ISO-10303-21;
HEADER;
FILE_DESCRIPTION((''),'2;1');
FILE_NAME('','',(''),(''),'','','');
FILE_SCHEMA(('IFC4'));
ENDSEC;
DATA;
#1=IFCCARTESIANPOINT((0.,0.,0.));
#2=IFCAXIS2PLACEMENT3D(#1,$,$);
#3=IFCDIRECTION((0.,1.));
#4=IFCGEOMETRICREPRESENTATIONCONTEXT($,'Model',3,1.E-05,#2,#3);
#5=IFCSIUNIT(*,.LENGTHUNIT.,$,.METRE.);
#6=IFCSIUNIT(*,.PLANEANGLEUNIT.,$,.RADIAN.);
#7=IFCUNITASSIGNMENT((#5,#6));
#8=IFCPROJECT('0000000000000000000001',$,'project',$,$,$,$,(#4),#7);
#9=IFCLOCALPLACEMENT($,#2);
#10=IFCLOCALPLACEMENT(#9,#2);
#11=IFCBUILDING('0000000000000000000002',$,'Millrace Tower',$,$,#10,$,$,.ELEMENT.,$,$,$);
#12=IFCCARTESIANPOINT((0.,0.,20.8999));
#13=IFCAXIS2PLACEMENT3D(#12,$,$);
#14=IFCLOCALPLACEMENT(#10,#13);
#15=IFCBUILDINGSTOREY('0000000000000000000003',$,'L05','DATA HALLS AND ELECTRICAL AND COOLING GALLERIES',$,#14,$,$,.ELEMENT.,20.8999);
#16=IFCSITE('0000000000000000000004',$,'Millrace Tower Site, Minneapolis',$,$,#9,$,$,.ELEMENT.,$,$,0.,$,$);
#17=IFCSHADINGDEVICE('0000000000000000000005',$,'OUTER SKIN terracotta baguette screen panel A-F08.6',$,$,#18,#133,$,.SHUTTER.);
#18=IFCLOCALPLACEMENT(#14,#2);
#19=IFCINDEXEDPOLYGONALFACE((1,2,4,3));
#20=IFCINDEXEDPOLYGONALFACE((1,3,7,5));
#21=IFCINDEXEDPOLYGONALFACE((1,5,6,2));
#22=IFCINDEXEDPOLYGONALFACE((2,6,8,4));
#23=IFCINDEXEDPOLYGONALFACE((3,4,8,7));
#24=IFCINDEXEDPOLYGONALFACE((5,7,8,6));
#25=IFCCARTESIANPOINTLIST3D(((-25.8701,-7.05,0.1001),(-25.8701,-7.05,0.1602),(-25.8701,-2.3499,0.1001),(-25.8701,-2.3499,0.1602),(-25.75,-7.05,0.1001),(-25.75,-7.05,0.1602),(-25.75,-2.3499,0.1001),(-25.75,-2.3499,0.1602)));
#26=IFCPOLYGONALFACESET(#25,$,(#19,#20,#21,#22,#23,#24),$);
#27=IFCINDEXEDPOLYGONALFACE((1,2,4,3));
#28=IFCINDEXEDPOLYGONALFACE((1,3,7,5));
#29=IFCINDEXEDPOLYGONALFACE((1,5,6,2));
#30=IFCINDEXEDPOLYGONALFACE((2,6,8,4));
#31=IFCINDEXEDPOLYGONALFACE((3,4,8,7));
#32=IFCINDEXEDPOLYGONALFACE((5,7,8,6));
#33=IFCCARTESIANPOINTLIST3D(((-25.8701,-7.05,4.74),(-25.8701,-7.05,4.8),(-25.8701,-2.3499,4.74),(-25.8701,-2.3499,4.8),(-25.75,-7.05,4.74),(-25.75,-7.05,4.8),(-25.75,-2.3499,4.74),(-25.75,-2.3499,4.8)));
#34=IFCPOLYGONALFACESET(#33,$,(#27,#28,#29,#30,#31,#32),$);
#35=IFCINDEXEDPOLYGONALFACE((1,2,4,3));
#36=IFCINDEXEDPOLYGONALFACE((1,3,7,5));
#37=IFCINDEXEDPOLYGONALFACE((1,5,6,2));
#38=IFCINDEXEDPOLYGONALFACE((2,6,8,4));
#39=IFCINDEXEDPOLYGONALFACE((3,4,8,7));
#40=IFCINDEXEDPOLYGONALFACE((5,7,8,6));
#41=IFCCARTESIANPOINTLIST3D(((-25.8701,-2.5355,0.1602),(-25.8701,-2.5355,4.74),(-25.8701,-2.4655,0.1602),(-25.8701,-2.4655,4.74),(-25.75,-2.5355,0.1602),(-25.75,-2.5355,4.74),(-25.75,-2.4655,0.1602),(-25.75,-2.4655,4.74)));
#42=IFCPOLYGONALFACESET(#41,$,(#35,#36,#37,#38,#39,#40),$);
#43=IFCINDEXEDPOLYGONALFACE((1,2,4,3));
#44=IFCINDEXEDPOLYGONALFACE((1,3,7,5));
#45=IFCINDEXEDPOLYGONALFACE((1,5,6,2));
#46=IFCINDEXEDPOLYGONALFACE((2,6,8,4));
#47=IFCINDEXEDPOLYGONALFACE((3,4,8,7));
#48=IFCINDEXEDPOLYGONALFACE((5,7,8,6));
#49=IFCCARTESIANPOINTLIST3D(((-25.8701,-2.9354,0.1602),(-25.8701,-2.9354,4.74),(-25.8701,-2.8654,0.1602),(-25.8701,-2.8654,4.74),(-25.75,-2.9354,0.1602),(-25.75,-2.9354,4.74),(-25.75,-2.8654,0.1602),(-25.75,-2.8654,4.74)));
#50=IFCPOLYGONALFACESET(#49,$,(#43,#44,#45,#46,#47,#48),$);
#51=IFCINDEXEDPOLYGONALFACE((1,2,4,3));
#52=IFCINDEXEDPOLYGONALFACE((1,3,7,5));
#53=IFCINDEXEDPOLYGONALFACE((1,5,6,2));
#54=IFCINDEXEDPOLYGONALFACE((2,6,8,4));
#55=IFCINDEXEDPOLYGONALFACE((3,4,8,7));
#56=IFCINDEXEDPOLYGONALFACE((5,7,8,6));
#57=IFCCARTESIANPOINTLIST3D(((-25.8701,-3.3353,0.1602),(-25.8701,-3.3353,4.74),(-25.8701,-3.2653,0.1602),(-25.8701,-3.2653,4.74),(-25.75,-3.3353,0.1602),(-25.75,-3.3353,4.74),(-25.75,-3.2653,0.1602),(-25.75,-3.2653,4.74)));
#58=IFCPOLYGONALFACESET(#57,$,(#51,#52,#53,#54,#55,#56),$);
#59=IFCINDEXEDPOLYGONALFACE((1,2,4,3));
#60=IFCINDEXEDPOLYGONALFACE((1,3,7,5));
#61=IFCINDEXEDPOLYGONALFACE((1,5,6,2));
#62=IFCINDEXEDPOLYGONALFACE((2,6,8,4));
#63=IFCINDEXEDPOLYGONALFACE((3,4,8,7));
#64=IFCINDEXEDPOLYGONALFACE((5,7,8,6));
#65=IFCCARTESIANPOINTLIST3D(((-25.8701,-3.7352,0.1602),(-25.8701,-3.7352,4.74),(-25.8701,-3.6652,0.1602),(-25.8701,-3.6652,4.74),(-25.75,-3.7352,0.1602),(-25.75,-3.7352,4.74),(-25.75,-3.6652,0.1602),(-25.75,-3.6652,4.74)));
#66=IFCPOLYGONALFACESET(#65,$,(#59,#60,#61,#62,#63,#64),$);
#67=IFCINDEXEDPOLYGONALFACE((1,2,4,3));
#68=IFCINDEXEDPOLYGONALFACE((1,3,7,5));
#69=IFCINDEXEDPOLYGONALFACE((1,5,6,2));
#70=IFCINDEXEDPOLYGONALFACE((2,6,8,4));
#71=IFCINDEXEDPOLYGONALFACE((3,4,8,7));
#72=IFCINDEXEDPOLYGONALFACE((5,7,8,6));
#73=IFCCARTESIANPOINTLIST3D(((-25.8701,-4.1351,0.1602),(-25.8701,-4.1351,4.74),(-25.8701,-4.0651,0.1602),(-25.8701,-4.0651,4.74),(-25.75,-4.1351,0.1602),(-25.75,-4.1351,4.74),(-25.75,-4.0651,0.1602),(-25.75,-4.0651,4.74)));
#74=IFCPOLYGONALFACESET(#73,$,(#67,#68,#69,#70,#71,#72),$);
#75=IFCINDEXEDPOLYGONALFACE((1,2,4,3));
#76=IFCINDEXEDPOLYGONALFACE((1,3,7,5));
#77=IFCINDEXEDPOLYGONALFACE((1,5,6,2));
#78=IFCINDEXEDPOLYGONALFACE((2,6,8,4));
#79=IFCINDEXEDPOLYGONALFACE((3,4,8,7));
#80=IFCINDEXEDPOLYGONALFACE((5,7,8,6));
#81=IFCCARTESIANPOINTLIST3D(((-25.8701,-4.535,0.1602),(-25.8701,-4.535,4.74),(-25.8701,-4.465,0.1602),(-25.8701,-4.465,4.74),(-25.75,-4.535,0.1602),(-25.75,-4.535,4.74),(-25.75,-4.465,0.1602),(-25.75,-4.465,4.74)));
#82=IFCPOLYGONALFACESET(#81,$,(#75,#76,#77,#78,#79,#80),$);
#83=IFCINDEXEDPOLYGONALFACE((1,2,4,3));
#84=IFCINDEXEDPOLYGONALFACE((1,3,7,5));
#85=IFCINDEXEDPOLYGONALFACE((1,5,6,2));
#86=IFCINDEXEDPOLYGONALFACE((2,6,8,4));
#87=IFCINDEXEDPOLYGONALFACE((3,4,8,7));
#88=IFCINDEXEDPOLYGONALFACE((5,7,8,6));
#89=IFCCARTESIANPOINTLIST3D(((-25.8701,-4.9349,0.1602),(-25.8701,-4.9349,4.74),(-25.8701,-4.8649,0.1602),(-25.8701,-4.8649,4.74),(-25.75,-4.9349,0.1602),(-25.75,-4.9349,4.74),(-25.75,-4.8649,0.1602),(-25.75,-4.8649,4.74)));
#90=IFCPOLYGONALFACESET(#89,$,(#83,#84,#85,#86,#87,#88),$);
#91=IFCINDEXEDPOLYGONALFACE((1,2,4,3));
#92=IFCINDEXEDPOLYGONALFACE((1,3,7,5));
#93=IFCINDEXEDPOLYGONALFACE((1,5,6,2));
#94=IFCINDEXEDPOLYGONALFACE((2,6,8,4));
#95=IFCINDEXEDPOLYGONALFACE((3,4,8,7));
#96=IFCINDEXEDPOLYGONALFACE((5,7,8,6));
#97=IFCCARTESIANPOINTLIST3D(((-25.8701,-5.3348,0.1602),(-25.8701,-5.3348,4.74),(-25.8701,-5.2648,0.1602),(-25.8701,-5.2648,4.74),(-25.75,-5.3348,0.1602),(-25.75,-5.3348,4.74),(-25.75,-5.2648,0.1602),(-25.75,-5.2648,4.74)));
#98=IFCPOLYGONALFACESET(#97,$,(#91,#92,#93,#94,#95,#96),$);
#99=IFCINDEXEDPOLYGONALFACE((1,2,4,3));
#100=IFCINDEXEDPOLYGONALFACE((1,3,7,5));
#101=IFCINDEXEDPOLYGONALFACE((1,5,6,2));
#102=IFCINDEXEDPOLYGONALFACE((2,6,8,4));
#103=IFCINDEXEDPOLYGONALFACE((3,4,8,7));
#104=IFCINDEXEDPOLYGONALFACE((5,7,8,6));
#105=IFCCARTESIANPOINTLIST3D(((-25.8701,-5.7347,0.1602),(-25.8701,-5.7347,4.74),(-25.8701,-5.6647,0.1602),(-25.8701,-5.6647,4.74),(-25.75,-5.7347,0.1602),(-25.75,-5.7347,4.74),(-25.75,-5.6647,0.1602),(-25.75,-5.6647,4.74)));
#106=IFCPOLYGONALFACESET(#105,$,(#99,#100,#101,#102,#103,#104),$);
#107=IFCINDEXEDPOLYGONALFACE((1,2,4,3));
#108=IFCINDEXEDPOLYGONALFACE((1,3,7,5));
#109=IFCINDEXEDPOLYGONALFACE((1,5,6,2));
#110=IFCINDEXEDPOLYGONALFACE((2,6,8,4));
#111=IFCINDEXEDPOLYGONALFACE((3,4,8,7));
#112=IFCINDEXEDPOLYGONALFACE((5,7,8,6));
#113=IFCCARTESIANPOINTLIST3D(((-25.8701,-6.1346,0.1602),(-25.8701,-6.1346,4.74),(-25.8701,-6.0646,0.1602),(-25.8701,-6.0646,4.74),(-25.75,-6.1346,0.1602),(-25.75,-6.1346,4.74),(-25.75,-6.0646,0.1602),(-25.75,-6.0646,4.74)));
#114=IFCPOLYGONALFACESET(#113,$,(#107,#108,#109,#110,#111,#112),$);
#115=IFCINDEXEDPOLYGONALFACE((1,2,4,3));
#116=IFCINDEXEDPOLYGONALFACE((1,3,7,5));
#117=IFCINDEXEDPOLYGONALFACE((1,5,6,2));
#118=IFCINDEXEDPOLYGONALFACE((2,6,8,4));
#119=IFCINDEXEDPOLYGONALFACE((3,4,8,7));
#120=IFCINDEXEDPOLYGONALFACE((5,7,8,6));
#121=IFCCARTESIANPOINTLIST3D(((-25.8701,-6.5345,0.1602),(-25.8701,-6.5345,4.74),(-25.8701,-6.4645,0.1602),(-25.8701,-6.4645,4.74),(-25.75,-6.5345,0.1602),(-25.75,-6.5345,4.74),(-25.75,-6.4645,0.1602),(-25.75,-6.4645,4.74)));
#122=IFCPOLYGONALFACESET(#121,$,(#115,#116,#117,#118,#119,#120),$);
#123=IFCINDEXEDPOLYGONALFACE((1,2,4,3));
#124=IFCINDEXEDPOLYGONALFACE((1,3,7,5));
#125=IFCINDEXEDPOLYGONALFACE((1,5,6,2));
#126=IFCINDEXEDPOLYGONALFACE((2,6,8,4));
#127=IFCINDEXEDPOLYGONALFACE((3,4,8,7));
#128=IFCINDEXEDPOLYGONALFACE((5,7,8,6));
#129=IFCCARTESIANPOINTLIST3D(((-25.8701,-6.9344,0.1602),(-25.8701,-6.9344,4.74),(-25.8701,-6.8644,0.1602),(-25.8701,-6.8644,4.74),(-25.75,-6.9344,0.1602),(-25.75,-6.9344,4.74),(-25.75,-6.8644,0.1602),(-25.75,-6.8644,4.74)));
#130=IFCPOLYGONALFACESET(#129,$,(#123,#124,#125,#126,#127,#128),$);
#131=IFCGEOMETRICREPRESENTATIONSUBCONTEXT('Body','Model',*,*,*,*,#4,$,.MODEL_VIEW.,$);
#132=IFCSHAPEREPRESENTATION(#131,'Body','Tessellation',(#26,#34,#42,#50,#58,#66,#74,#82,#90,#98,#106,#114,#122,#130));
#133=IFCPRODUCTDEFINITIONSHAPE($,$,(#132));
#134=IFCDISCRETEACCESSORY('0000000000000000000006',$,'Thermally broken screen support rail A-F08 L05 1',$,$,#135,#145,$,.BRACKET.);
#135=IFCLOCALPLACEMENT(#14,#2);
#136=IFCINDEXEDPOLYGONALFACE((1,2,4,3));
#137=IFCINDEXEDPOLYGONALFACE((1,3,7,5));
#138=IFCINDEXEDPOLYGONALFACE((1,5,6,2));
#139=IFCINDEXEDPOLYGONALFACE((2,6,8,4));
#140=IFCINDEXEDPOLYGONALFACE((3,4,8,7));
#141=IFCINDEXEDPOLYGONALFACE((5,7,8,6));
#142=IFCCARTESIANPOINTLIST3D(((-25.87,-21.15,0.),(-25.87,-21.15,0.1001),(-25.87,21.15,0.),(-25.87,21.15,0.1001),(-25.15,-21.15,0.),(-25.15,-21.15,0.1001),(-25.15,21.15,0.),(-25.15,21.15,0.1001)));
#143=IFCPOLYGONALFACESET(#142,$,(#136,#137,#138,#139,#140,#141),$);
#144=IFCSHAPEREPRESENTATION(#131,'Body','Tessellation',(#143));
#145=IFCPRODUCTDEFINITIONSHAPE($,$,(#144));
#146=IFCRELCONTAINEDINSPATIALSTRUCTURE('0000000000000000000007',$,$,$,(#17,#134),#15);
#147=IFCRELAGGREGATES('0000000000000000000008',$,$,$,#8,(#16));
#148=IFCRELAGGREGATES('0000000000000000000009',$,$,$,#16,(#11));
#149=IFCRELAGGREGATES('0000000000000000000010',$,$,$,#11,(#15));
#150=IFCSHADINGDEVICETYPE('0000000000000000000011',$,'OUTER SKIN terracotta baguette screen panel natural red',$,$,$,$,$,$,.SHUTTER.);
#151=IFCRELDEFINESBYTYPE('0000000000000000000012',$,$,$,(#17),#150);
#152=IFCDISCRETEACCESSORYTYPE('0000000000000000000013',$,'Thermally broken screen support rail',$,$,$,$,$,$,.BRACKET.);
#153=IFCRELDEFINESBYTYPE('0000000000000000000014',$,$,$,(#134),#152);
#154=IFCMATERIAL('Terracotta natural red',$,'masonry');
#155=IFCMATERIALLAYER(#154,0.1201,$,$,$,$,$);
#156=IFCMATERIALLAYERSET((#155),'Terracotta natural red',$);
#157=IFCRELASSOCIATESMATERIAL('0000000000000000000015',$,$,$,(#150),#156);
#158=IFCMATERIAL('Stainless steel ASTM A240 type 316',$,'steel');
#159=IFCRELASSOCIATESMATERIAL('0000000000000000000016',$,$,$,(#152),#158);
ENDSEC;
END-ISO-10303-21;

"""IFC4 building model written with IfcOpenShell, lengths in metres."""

from ifc_helpers import new_model, entity, si_unit, direction, frame, frame_2d, origin, origin_2d, place, context, subcontext, project, spatial, rectangle, extrude, source, transform, mapped, material, layer, layer_set, type_object, element, save


model = new_model("IFC4")

# Units and contexts
model_context = context("Model", 3, precision=1e-05, world=origin(), true_north=direction((0.0, 1.0)))
body_context = subcontext(model_context, "Body", "Model", "MODEL_VIEW")
ifc_project = project(units=[si_unit("LENGTHUNIT", "METRE"), si_unit("PLANEANGLEUNIT", "RADIAN")], contexts=[model_context])

# Site, building, storey
site_placement = place(None, origin())
site = spatial("IfcSite", under=ifc_project, at=site_placement, Name="Millrace Tower Site, Minneapolis", CompositionType="ELEMENT", RefElevation=0.0)
building_placement = place(site_placement, origin())
building = spatial("IfcBuilding", under=site, at=building_placement, Name="Millrace Tower", CompositionType="ELEMENT")
storey_placement = place(building_placement, frame((0.0, 0.0, 20.8999)))
storey = spatial("IfcBuildingStorey", under=building, at=storey_placement, Name="L05", Description="DATA HALLS AND ELECTRICAL AND COOLING GALLERIES", CompositionType="ELEMENT", Elevation=20.8999)

# Shading device
cartesian_point = entity("IfcCartesianPoint", [-2.3501, 0.0601])
shared_polyline = entity("IfcPolyline", [cartesian_point, entity("IfcCartesianPoint", [2.3501, 0.0601]), entity("IfcCartesianPoint", [2.3501, -0.0601]), entity("IfcCartesianPoint", [-2.3501, -0.0601]), cartesian_point])
ifc_material_1 = material(Name="Terracotta natural red", Category="masonry")
ifc_layer_1 = layer(ifc_material_1, 0.1201)
ifc_layer_set_1 = layer_set([ifc_layer_1], Name="Terracotta natural red")
shading_device_type_1 = type_object("IfcShadingDeviceType", Name="OUTER SKIN terracotta baguette screen panel natural red", PredefinedType="SHUTTER", material=ifc_layer_set_1)
shared_shape_1 = source(origin(), body_context, "Body", "SweptSolid", [
    entity("IfcExtrudedAreaSolid", entity("IfcArbitraryClosedProfileDef", "AREA", None, shared_polyline), entity("IfcAxis2Placement3D", entity("IfcCartesianPoint", [0.0, 0.0, 0.0])), entity("IfcDirection", [0.0, 0.0, 1.0]), 0.0601),
    entity("IfcExtrudedAreaSolid", entity("IfcArbitraryClosedProfileDef", "AREA", None, shared_polyline), entity("IfcAxis2Placement3D", entity("IfcCartesianPoint", [0.0, 0.0, 4.6399])), entity("IfcDirection", [0.0, 0.0, 1.0]), 0.0601),
    extrude(rectangle(XDim=0.0701, YDim=0.1201, at=frame_2d((-2.1995, 0.0))), frame((0.0, 0.0, 0.0601)), (0.0, 0.0, 1.0), 4.5798),
    extrude(rectangle(XDim=0.0701, YDim=0.1201, at=frame_2d((-1.7996, 0.0))), frame((0.0, 0.0, 0.0601)), (0.0, 0.0, 1.0), 4.5798),
    extrude(rectangle(XDim=0.0701, YDim=0.1201, at=frame_2d((-1.3997, 0.0))), frame((0.0, 0.0, 0.0601)), (0.0, 0.0, 1.0), 4.5798),
    extrude(rectangle(XDim=0.0701, YDim=0.1201, at=frame_2d((-0.9998, 0.0))), frame((0.0, 0.0, 0.0601)), (0.0, 0.0, 1.0), 4.5798),
    extrude(rectangle(XDim=0.0701, YDim=0.1201, at=frame_2d((-0.5999, 0.0))), frame((0.0, 0.0, 0.0601)), (0.0, 0.0, 1.0), 4.5798),
    extrude(rectangle(XDim=0.0701, YDim=0.1201, at=frame_2d((-0.2, 0.0))), frame((0.0, 0.0, 0.0601)), (0.0, 0.0, 1.0), 4.5798),
    extrude(rectangle(XDim=0.0701, YDim=0.1201, at=frame_2d((0.2, 0.0))), frame((0.0, 0.0, 0.0601)), (0.0, 0.0, 1.0), 4.5798),
    extrude(rectangle(XDim=0.0701, YDim=0.1201, at=frame_2d((0.5999, 0.0))), frame((0.0, 0.0, 0.0601)), (0.0, 0.0, 1.0), 4.5798),
    extrude(rectangle(XDim=0.0701, YDim=0.1201, at=frame_2d((0.9998, 0.0))), frame((0.0, 0.0, 0.0601)), (0.0, 0.0, 1.0), 4.5798),
    extrude(rectangle(XDim=0.0701, YDim=0.1201, at=frame_2d((1.3997, 0.0))), frame((0.0, 0.0, 0.0601)), (0.0, 0.0, 1.0), 4.5798),
    extrude(rectangle(XDim=0.0701, YDim=0.1201, at=frame_2d((1.7996, 0.0))), frame((0.0, 0.0, 0.0601)), (0.0, 0.0, 1.0), 4.5798),
    extrude(rectangle(XDim=0.0701, YDim=0.1201, at=frame_2d((2.1995, 0.0))), frame((0.0, 0.0, 0.0601)), (0.0, 0.0, 1.0), 4.5798),
])
shading_device_1_placement = place(storey_placement, frame((-25.8101, -4.7, 0.1001), z_axis=(0.0, 0.0, 1.0), x_axis=(0.0, -1.0, 0.0)))
element("IfcShadingDevice", 1, at=shading_device_1_placement, inside=storey, type_object=shading_device_type_1, Name="OUTER SKIN terracotta baguette screen panel A-F08.6", PredefinedType="SHUTTER", context=body_context, shape_type="MappedRepresentation", body=[
    mapped(shared_shape_1, transform((0.0, 0.0, 0.0), scale=1.0)),
])

# Discrete accessory
ifc_material_2 = material(Name="Stainless steel ASTM A240 type 316", Category="steel")
discrete_accessory_type = type_object("IfcDiscreteAccessoryType", Name="Thermally broken screen support rail", PredefinedType="BRACKET", material=ifc_material_2)
discrete_accessory_placement = place(storey_placement, frame((-25.51, 0.0, 0.0), z_axis=(0.0, 0.0, 1.0), x_axis=(0.0, -1.0, 0.0)))
element("IfcDiscreteAccessory", 2, at=discrete_accessory_placement, inside=storey, type_object=discrete_accessory_type, Name="Thermally broken screen support rail A-F08 L05 1", PredefinedType="BRACKET", context=body_context, shape_type="SweptSolid", body=[
    extrude(rectangle(XDim=42.3, YDim=0.72, at=origin_2d()), origin(), (0.0, 0.0, 1.0), 0.1001),
])

save(model, "model.ifc")
